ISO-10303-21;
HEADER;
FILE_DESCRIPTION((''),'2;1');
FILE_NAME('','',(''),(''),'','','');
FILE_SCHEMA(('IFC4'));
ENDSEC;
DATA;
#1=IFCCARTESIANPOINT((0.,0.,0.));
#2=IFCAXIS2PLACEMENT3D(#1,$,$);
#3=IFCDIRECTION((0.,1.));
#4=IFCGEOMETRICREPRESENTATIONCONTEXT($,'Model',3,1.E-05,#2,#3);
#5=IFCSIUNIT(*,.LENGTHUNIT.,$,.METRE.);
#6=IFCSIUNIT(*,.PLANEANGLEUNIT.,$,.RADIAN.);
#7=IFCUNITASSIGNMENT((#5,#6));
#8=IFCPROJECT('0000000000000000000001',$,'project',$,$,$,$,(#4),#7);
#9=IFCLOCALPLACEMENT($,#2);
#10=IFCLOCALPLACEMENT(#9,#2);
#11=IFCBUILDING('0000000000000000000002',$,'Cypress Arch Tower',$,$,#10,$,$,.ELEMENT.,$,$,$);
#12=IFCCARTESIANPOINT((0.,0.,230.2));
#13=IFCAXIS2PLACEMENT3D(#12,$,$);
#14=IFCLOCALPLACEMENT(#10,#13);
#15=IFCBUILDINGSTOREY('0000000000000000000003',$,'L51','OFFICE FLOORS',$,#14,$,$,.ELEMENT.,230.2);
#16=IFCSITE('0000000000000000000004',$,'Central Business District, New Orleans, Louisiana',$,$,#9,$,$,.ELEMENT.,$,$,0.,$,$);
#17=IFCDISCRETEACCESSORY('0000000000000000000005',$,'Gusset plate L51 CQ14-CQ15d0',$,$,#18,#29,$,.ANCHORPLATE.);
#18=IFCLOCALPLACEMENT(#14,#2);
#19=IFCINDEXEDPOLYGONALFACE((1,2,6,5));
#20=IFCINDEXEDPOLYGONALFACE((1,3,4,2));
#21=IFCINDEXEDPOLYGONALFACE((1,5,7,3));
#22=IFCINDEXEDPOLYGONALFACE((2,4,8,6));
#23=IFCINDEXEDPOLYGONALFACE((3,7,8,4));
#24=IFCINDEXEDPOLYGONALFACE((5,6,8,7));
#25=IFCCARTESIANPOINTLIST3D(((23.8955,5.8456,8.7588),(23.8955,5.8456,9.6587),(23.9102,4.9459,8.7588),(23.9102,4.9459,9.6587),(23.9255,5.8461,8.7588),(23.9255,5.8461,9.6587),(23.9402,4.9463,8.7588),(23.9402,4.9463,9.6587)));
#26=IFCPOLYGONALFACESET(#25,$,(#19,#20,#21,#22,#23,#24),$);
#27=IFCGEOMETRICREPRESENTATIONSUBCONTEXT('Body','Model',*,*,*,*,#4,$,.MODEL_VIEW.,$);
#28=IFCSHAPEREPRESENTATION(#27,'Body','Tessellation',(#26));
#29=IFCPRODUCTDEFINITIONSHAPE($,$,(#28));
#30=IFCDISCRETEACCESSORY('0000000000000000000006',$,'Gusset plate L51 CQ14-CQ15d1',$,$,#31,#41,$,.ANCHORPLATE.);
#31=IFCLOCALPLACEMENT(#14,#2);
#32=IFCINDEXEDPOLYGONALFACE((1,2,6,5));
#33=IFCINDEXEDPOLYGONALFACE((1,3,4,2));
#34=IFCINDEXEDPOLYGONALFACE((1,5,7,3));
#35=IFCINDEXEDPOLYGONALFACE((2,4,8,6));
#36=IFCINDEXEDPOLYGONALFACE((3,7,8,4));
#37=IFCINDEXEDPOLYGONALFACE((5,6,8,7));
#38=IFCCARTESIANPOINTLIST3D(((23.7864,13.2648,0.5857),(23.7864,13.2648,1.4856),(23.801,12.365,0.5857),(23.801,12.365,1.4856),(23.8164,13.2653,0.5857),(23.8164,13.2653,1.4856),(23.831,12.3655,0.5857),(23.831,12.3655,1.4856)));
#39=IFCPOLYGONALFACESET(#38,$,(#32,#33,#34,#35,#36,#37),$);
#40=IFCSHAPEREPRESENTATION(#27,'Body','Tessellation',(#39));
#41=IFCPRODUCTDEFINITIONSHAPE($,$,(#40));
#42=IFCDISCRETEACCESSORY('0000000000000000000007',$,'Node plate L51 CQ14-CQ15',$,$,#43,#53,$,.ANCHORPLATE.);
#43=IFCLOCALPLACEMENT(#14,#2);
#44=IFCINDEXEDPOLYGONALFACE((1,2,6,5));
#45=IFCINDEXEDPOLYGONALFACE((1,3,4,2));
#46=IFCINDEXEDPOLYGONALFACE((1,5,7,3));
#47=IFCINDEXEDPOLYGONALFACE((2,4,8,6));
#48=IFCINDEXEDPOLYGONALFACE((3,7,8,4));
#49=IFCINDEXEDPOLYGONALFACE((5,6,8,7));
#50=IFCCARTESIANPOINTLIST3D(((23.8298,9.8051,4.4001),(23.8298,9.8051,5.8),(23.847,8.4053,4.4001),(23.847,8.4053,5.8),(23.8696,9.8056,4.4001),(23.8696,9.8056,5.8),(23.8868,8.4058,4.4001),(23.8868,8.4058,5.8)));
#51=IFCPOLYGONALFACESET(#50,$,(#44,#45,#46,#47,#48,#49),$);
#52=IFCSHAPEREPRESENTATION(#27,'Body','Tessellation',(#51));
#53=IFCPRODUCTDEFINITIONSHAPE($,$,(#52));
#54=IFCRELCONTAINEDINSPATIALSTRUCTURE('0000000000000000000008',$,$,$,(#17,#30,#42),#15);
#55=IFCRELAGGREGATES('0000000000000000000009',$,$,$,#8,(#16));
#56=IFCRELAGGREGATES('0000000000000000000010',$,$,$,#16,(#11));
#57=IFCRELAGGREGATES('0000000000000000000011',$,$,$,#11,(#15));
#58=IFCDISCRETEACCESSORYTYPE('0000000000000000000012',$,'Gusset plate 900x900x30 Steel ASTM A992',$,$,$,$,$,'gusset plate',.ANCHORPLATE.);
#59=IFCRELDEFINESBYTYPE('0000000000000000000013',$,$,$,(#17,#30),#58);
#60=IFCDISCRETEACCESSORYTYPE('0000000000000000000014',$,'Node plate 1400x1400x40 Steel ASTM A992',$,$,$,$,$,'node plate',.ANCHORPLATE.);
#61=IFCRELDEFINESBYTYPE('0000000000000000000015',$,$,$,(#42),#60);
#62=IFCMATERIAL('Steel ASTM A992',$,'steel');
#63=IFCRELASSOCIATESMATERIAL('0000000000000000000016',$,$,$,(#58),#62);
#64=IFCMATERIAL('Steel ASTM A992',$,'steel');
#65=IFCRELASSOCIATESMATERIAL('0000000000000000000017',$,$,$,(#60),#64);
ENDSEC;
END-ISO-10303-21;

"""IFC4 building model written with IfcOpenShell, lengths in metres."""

from ifc_helpers import new_model, si_unit, direction, frame, origin, origin_2d, place, context, subcontext, project, spatial, rectangle, extrude, material, material_profile, profile_set, type_object, element, save


model = new_model("IFC4")

# Units and contexts
model_context = context("Model", 3, precision=1e-05, world=origin(), true_north=direction((0.0, 1.0)))
body_context = subcontext(model_context, "Body", "Model", "MODEL_VIEW")
ifc_project = project(units=[si_unit("LENGTHUNIT", "METRE"), si_unit("PLANEANGLEUNIT", "RADIAN")], contexts=[model_context])

# Site, building, storey
site_placement = place(None, origin())
site = spatial("IfcSite", under=ifc_project, at=site_placement, Name="Central Business District, New Orleans, Louisiana", CompositionType="ELEMENT", RefElevation=0.0)
building_placement = place(site_placement, origin())
building = spatial("IfcBuilding", under=site, at=building_placement, Name="Cypress Arch Tower", CompositionType="ELEMENT")
storey_placement = place(building_placement, frame((0.0, 0.0, 230.2)))
storey = spatial("IfcBuildingStorey", under=building, at=storey_placement, Name="L51", Description="OFFICE FLOORS", CompositionType="ELEMENT", Elevation=230.2)

# Discrete accessories
ifc_material_1 = material(Name="Steel ASTM A992", Category="steel")
ifc_material_profile_1 = material_profile(ifc_material_1, rectangle(XDim=0.8999, YDim=0.8999, at=origin_2d()), Name="PL 30 900x900")
ifc_profile_set_1 = profile_set([ifc_material_profile_1], Name="Steel ASTM A992")
discrete_accessory_type_1 = type_object("IfcDiscreteAccessoryType", Name="Gusset plate 900x900x30 Steel ASTM A992", ElementType="gusset plate", PredefinedType="ANCHORPLATE", material=ifc_profile_set_1)
for number, where, z_axis, x_axis, name in (
    (1, (23.9329, 5.3962, 9.2087), (-0.999868, -0.016258, 0.0), (0.016258, -0.999868, 0.0), "Gusset plate L51 CQ14-CQ15d0"),
    (2, (23.8237, 12.8154, 1.0356), (-0.999868, -0.016258, 0.0), (0.016258, -0.999868, 0.0), "Gusset plate L51 CQ14-CQ15d1"),
):
    element("IfcDiscreteAccessory", number, at=place(storey_placement, frame(where, z_axis=z_axis, x_axis=x_axis)), inside=storey, type_object=discrete_accessory_type_1, Name=name, PredefinedType="ANCHORPLATE", context=body_context, shape_type="SweptSolid", body=[
        extrude(rectangle(XDim=0.8999, YDim=0.8999, at=origin_2d()), origin(), (0.0, 0.0, 1.0), 0.03),
    ])
ifc_material_2 = material(Name="Steel ASTM A992", Category="steel")
ifc_material_profile_2 = material_profile(ifc_material_2, rectangle(XDim=1.3999, YDim=1.3999, at=origin_2d()), Name="PL 40 1400x1400")
ifc_profile_set_2 = profile_set([ifc_material_profile_2], Name="Steel ASTM A992")
discrete_accessory_type_2 = type_object("IfcDiscreteAccessoryType", Name="Node plate 1400x1400x40 Steel ASTM A992", ElementType="node plate", PredefinedType="ANCHORPLATE", material=ifc_profile_set_2)
discrete_accessory_placement = place(storey_placement, frame((23.8782, 9.1057, 5.1001), z_axis=(-0.999925, -0.012269, 0.0), x_axis=(0.012269, -0.999925, 0.0)))
element("IfcDiscreteAccessory", 3, at=discrete_accessory_placement, inside=storey, type_object=discrete_accessory_type_2, Name="Node plate L51 CQ14-CQ15", PredefinedType="ANCHORPLATE", context=body_context, shape_type="SweptSolid", body=[
    extrude(rectangle(XDim=1.3999, YDim=1.3999, at=origin_2d()), origin(), (0.0, 0.0, 1.0), 0.0398),
])

save(model, "model.ifc")
